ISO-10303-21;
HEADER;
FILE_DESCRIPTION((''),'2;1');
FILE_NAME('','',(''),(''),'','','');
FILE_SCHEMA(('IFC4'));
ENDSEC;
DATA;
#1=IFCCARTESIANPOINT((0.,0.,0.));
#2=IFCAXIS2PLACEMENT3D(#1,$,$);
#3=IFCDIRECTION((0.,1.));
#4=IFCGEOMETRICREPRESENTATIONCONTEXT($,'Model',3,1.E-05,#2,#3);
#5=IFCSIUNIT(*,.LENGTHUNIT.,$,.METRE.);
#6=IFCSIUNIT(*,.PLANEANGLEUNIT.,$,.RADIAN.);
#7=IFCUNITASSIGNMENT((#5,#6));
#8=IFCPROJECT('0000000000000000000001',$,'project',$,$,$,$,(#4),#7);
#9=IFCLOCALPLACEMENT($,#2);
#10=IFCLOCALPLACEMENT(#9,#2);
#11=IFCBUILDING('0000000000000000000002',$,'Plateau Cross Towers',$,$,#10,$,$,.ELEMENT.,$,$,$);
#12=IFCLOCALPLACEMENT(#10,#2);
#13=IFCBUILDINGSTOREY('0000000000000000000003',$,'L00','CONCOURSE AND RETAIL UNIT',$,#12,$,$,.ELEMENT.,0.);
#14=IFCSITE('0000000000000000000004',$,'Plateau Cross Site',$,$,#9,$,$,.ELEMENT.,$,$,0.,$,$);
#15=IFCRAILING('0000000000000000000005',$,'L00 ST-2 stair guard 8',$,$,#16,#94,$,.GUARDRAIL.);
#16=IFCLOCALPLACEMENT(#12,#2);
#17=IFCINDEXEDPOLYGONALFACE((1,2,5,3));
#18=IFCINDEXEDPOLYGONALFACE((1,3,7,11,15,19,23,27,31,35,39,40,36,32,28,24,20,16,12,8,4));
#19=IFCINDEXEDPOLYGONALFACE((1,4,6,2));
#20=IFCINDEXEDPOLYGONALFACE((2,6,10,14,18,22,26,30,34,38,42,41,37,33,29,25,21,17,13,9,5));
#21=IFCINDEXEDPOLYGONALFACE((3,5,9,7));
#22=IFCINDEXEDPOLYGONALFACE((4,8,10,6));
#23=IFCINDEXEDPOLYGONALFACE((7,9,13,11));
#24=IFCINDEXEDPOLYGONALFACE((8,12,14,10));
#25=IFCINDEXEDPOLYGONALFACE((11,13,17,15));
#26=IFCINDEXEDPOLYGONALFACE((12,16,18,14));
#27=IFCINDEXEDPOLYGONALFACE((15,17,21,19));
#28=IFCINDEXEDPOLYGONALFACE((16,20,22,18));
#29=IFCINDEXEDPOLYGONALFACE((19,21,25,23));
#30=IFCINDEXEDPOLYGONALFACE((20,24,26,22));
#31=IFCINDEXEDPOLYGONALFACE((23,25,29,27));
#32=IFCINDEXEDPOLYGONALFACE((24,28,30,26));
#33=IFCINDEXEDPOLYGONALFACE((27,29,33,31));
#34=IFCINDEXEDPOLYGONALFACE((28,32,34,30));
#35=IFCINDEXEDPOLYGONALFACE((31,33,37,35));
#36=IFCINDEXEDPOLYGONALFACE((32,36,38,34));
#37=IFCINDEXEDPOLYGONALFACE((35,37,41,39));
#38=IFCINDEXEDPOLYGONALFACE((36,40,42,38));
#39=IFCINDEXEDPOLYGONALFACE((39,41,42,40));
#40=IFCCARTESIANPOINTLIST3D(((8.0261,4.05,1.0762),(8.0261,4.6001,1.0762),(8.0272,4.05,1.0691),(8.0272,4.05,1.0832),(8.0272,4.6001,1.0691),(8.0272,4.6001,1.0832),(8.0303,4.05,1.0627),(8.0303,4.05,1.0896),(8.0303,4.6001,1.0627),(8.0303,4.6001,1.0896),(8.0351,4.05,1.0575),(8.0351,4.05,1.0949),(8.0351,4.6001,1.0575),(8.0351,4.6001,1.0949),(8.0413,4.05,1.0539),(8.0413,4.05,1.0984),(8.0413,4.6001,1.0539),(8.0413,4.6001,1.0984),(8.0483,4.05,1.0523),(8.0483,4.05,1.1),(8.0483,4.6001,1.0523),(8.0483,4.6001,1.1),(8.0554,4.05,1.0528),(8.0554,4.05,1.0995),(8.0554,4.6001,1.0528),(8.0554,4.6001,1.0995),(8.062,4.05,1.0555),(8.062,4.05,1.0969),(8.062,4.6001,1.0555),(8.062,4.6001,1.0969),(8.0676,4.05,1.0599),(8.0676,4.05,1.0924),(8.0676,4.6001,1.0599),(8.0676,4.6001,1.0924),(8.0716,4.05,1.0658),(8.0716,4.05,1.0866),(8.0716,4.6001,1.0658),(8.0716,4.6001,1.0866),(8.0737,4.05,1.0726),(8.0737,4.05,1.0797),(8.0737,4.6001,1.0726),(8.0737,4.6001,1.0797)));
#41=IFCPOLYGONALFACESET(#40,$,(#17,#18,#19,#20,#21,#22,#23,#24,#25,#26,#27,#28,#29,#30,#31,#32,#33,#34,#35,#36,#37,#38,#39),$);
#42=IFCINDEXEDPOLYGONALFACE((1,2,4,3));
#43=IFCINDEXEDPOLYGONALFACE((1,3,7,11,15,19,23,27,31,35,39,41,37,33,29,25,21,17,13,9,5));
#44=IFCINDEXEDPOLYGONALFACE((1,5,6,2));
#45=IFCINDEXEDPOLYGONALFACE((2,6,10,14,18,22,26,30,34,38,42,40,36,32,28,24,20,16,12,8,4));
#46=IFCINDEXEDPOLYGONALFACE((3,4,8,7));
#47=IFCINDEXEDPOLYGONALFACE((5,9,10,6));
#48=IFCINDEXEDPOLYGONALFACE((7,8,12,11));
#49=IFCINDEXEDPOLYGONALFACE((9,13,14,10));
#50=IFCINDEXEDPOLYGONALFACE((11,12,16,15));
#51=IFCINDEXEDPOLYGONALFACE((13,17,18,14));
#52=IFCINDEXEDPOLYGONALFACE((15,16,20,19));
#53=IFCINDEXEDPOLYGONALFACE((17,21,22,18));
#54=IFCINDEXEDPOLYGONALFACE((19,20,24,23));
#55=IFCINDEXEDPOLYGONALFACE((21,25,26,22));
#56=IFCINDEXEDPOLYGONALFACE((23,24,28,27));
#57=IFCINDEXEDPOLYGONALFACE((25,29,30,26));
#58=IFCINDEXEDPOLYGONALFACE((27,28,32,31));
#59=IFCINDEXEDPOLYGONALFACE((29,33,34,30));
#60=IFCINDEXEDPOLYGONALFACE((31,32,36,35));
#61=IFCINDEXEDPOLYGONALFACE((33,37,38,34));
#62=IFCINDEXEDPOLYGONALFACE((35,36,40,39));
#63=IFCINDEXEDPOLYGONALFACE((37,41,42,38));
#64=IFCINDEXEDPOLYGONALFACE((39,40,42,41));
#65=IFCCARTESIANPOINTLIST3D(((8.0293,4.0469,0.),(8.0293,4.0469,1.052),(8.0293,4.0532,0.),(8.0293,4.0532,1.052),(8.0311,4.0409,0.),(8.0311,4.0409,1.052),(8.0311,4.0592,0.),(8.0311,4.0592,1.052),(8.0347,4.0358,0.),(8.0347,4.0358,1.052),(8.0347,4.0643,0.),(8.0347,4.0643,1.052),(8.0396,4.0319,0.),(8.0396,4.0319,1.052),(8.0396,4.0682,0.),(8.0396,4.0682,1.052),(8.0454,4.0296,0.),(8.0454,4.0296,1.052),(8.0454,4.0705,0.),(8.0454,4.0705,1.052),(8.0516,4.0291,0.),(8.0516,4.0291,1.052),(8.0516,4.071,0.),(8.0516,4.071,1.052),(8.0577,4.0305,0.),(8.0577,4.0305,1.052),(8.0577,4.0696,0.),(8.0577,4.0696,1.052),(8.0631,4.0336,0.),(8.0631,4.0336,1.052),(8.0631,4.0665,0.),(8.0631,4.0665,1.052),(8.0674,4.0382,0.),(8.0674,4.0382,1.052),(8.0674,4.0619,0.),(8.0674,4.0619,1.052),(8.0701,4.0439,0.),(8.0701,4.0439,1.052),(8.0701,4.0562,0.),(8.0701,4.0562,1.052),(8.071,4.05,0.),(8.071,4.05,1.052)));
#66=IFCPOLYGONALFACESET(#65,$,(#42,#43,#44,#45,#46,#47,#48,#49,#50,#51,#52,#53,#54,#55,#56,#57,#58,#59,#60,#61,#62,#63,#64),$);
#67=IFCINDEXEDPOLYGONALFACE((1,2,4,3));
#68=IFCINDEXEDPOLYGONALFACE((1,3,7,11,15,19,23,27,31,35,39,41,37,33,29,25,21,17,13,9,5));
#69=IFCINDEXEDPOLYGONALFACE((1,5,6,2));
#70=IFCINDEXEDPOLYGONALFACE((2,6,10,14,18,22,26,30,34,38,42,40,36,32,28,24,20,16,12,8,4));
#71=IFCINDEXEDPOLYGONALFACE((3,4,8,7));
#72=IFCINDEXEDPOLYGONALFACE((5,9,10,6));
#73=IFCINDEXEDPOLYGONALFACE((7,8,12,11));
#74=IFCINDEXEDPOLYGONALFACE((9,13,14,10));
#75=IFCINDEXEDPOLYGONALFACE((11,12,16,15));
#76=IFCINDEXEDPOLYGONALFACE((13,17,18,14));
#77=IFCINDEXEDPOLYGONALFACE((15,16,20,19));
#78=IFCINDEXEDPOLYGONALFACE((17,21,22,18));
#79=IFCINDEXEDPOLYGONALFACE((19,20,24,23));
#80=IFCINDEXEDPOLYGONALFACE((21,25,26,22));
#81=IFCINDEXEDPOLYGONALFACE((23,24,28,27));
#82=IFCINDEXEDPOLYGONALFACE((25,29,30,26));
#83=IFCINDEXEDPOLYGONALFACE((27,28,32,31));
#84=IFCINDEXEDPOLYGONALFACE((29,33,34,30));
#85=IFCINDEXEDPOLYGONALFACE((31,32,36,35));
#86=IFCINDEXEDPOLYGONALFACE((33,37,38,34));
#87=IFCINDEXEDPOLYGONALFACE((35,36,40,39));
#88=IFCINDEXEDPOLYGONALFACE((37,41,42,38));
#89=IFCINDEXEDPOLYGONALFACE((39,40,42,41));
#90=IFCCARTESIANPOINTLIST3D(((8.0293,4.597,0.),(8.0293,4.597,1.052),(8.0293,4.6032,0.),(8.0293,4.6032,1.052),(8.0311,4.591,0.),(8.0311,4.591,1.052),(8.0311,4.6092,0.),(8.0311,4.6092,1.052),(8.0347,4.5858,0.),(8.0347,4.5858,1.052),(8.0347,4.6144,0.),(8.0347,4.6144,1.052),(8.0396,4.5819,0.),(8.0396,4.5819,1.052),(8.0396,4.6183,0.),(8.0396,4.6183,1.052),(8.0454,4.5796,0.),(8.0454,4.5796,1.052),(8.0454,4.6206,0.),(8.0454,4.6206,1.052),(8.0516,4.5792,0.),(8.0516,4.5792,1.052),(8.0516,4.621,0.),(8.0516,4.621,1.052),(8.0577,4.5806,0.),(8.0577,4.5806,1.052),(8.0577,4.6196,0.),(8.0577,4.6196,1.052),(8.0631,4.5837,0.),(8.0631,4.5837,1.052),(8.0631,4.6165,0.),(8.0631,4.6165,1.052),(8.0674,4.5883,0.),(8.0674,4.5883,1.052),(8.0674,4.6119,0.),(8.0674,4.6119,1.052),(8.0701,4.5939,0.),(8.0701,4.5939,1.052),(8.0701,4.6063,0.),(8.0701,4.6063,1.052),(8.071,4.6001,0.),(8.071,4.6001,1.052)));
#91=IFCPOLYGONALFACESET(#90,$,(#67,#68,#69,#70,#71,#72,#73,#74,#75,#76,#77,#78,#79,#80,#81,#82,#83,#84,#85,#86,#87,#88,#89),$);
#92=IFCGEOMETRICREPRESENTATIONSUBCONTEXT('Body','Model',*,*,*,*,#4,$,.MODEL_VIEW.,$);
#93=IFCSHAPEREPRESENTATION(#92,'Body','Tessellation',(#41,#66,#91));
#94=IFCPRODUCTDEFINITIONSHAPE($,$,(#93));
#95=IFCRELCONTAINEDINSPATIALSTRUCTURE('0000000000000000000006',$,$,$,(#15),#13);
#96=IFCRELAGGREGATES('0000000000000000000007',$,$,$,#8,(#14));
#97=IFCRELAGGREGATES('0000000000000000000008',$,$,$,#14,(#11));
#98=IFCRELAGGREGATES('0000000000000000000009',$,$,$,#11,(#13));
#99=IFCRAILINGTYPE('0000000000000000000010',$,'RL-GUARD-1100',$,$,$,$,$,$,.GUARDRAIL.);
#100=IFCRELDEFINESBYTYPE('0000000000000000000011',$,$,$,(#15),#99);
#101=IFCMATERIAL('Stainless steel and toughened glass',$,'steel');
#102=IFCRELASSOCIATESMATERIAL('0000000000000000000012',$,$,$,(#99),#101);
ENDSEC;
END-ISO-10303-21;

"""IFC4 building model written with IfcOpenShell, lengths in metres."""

from ifc_helpers import new_model, si_unit, direction, frame, origin, origin_2d, place, context, subcontext, project, spatial, circle, extrude, material, type_object, element, save


model = new_model("IFC4")

# Units and contexts
model_context = context("Model", 3, precision=1e-05, world=origin(), true_north=direction((0.0, 1.0)))
body_context = subcontext(model_context, "Body", "Model", "MODEL_VIEW")
ifc_project = project(units=[si_unit("LENGTHUNIT", "METRE"), si_unit("PLANEANGLEUNIT", "RADIAN")], contexts=[model_context])

# Site, building, storey
site_placement = place(None, origin())
site = spatial("IfcSite", under=ifc_project, at=site_placement, Name="Plateau Cross Site", CompositionType="ELEMENT", RefElevation=0.0)
building_placement = place(site_placement, origin())
building = spatial("IfcBuilding", under=site, at=building_placement, Name="Plateau Cross Towers", CompositionType="ELEMENT")
storey_placement = place(building_placement, origin())
storey = spatial("IfcBuildingStorey", under=building, at=storey_placement, Name="L00", Description="CONCOURSE AND RETAIL UNIT", CompositionType="ELEMENT", Elevation=0.0)

# Railing
ifc_material_1 = material(Name="Stainless steel and toughened glass", Category="steel")
railing_type_1 = type_object("IfcRailingType", Name="RL-GUARD-1100", PredefinedType="GUARDRAIL", material=ifc_material_1)
railing_1_placement = place(storey_placement, frame((8.05, 4.05, 0.0)))
element("IfcRailing", 1, at=railing_1_placement, inside=storey, type_object=railing_type_1, Name="L00 ST-2 stair guard 8", PredefinedType="GUARDRAIL", context=body_context, shape_type="SweptSolid", body=[
    extrude(circle(Radius=0.0239, at=origin_2d()), frame((0.0, 0.0, 1.0762), z_axis=(0.0, 1.0, 0.0), x_axis=(-1.0, 0.0, 0.0)), (0.0, 0.0, 1.0), 0.55),
    extrude(circle(Radius=0.021, at=origin_2d()), origin(), (0.0, 0.0, 1.0), 1.052),
    extrude(circle(Radius=0.021, at=origin_2d()), frame((0.0, 0.55, 0.0)), (0.0, 0.0, 1.0), 1.052),
])

save(model, "model.ifc")
